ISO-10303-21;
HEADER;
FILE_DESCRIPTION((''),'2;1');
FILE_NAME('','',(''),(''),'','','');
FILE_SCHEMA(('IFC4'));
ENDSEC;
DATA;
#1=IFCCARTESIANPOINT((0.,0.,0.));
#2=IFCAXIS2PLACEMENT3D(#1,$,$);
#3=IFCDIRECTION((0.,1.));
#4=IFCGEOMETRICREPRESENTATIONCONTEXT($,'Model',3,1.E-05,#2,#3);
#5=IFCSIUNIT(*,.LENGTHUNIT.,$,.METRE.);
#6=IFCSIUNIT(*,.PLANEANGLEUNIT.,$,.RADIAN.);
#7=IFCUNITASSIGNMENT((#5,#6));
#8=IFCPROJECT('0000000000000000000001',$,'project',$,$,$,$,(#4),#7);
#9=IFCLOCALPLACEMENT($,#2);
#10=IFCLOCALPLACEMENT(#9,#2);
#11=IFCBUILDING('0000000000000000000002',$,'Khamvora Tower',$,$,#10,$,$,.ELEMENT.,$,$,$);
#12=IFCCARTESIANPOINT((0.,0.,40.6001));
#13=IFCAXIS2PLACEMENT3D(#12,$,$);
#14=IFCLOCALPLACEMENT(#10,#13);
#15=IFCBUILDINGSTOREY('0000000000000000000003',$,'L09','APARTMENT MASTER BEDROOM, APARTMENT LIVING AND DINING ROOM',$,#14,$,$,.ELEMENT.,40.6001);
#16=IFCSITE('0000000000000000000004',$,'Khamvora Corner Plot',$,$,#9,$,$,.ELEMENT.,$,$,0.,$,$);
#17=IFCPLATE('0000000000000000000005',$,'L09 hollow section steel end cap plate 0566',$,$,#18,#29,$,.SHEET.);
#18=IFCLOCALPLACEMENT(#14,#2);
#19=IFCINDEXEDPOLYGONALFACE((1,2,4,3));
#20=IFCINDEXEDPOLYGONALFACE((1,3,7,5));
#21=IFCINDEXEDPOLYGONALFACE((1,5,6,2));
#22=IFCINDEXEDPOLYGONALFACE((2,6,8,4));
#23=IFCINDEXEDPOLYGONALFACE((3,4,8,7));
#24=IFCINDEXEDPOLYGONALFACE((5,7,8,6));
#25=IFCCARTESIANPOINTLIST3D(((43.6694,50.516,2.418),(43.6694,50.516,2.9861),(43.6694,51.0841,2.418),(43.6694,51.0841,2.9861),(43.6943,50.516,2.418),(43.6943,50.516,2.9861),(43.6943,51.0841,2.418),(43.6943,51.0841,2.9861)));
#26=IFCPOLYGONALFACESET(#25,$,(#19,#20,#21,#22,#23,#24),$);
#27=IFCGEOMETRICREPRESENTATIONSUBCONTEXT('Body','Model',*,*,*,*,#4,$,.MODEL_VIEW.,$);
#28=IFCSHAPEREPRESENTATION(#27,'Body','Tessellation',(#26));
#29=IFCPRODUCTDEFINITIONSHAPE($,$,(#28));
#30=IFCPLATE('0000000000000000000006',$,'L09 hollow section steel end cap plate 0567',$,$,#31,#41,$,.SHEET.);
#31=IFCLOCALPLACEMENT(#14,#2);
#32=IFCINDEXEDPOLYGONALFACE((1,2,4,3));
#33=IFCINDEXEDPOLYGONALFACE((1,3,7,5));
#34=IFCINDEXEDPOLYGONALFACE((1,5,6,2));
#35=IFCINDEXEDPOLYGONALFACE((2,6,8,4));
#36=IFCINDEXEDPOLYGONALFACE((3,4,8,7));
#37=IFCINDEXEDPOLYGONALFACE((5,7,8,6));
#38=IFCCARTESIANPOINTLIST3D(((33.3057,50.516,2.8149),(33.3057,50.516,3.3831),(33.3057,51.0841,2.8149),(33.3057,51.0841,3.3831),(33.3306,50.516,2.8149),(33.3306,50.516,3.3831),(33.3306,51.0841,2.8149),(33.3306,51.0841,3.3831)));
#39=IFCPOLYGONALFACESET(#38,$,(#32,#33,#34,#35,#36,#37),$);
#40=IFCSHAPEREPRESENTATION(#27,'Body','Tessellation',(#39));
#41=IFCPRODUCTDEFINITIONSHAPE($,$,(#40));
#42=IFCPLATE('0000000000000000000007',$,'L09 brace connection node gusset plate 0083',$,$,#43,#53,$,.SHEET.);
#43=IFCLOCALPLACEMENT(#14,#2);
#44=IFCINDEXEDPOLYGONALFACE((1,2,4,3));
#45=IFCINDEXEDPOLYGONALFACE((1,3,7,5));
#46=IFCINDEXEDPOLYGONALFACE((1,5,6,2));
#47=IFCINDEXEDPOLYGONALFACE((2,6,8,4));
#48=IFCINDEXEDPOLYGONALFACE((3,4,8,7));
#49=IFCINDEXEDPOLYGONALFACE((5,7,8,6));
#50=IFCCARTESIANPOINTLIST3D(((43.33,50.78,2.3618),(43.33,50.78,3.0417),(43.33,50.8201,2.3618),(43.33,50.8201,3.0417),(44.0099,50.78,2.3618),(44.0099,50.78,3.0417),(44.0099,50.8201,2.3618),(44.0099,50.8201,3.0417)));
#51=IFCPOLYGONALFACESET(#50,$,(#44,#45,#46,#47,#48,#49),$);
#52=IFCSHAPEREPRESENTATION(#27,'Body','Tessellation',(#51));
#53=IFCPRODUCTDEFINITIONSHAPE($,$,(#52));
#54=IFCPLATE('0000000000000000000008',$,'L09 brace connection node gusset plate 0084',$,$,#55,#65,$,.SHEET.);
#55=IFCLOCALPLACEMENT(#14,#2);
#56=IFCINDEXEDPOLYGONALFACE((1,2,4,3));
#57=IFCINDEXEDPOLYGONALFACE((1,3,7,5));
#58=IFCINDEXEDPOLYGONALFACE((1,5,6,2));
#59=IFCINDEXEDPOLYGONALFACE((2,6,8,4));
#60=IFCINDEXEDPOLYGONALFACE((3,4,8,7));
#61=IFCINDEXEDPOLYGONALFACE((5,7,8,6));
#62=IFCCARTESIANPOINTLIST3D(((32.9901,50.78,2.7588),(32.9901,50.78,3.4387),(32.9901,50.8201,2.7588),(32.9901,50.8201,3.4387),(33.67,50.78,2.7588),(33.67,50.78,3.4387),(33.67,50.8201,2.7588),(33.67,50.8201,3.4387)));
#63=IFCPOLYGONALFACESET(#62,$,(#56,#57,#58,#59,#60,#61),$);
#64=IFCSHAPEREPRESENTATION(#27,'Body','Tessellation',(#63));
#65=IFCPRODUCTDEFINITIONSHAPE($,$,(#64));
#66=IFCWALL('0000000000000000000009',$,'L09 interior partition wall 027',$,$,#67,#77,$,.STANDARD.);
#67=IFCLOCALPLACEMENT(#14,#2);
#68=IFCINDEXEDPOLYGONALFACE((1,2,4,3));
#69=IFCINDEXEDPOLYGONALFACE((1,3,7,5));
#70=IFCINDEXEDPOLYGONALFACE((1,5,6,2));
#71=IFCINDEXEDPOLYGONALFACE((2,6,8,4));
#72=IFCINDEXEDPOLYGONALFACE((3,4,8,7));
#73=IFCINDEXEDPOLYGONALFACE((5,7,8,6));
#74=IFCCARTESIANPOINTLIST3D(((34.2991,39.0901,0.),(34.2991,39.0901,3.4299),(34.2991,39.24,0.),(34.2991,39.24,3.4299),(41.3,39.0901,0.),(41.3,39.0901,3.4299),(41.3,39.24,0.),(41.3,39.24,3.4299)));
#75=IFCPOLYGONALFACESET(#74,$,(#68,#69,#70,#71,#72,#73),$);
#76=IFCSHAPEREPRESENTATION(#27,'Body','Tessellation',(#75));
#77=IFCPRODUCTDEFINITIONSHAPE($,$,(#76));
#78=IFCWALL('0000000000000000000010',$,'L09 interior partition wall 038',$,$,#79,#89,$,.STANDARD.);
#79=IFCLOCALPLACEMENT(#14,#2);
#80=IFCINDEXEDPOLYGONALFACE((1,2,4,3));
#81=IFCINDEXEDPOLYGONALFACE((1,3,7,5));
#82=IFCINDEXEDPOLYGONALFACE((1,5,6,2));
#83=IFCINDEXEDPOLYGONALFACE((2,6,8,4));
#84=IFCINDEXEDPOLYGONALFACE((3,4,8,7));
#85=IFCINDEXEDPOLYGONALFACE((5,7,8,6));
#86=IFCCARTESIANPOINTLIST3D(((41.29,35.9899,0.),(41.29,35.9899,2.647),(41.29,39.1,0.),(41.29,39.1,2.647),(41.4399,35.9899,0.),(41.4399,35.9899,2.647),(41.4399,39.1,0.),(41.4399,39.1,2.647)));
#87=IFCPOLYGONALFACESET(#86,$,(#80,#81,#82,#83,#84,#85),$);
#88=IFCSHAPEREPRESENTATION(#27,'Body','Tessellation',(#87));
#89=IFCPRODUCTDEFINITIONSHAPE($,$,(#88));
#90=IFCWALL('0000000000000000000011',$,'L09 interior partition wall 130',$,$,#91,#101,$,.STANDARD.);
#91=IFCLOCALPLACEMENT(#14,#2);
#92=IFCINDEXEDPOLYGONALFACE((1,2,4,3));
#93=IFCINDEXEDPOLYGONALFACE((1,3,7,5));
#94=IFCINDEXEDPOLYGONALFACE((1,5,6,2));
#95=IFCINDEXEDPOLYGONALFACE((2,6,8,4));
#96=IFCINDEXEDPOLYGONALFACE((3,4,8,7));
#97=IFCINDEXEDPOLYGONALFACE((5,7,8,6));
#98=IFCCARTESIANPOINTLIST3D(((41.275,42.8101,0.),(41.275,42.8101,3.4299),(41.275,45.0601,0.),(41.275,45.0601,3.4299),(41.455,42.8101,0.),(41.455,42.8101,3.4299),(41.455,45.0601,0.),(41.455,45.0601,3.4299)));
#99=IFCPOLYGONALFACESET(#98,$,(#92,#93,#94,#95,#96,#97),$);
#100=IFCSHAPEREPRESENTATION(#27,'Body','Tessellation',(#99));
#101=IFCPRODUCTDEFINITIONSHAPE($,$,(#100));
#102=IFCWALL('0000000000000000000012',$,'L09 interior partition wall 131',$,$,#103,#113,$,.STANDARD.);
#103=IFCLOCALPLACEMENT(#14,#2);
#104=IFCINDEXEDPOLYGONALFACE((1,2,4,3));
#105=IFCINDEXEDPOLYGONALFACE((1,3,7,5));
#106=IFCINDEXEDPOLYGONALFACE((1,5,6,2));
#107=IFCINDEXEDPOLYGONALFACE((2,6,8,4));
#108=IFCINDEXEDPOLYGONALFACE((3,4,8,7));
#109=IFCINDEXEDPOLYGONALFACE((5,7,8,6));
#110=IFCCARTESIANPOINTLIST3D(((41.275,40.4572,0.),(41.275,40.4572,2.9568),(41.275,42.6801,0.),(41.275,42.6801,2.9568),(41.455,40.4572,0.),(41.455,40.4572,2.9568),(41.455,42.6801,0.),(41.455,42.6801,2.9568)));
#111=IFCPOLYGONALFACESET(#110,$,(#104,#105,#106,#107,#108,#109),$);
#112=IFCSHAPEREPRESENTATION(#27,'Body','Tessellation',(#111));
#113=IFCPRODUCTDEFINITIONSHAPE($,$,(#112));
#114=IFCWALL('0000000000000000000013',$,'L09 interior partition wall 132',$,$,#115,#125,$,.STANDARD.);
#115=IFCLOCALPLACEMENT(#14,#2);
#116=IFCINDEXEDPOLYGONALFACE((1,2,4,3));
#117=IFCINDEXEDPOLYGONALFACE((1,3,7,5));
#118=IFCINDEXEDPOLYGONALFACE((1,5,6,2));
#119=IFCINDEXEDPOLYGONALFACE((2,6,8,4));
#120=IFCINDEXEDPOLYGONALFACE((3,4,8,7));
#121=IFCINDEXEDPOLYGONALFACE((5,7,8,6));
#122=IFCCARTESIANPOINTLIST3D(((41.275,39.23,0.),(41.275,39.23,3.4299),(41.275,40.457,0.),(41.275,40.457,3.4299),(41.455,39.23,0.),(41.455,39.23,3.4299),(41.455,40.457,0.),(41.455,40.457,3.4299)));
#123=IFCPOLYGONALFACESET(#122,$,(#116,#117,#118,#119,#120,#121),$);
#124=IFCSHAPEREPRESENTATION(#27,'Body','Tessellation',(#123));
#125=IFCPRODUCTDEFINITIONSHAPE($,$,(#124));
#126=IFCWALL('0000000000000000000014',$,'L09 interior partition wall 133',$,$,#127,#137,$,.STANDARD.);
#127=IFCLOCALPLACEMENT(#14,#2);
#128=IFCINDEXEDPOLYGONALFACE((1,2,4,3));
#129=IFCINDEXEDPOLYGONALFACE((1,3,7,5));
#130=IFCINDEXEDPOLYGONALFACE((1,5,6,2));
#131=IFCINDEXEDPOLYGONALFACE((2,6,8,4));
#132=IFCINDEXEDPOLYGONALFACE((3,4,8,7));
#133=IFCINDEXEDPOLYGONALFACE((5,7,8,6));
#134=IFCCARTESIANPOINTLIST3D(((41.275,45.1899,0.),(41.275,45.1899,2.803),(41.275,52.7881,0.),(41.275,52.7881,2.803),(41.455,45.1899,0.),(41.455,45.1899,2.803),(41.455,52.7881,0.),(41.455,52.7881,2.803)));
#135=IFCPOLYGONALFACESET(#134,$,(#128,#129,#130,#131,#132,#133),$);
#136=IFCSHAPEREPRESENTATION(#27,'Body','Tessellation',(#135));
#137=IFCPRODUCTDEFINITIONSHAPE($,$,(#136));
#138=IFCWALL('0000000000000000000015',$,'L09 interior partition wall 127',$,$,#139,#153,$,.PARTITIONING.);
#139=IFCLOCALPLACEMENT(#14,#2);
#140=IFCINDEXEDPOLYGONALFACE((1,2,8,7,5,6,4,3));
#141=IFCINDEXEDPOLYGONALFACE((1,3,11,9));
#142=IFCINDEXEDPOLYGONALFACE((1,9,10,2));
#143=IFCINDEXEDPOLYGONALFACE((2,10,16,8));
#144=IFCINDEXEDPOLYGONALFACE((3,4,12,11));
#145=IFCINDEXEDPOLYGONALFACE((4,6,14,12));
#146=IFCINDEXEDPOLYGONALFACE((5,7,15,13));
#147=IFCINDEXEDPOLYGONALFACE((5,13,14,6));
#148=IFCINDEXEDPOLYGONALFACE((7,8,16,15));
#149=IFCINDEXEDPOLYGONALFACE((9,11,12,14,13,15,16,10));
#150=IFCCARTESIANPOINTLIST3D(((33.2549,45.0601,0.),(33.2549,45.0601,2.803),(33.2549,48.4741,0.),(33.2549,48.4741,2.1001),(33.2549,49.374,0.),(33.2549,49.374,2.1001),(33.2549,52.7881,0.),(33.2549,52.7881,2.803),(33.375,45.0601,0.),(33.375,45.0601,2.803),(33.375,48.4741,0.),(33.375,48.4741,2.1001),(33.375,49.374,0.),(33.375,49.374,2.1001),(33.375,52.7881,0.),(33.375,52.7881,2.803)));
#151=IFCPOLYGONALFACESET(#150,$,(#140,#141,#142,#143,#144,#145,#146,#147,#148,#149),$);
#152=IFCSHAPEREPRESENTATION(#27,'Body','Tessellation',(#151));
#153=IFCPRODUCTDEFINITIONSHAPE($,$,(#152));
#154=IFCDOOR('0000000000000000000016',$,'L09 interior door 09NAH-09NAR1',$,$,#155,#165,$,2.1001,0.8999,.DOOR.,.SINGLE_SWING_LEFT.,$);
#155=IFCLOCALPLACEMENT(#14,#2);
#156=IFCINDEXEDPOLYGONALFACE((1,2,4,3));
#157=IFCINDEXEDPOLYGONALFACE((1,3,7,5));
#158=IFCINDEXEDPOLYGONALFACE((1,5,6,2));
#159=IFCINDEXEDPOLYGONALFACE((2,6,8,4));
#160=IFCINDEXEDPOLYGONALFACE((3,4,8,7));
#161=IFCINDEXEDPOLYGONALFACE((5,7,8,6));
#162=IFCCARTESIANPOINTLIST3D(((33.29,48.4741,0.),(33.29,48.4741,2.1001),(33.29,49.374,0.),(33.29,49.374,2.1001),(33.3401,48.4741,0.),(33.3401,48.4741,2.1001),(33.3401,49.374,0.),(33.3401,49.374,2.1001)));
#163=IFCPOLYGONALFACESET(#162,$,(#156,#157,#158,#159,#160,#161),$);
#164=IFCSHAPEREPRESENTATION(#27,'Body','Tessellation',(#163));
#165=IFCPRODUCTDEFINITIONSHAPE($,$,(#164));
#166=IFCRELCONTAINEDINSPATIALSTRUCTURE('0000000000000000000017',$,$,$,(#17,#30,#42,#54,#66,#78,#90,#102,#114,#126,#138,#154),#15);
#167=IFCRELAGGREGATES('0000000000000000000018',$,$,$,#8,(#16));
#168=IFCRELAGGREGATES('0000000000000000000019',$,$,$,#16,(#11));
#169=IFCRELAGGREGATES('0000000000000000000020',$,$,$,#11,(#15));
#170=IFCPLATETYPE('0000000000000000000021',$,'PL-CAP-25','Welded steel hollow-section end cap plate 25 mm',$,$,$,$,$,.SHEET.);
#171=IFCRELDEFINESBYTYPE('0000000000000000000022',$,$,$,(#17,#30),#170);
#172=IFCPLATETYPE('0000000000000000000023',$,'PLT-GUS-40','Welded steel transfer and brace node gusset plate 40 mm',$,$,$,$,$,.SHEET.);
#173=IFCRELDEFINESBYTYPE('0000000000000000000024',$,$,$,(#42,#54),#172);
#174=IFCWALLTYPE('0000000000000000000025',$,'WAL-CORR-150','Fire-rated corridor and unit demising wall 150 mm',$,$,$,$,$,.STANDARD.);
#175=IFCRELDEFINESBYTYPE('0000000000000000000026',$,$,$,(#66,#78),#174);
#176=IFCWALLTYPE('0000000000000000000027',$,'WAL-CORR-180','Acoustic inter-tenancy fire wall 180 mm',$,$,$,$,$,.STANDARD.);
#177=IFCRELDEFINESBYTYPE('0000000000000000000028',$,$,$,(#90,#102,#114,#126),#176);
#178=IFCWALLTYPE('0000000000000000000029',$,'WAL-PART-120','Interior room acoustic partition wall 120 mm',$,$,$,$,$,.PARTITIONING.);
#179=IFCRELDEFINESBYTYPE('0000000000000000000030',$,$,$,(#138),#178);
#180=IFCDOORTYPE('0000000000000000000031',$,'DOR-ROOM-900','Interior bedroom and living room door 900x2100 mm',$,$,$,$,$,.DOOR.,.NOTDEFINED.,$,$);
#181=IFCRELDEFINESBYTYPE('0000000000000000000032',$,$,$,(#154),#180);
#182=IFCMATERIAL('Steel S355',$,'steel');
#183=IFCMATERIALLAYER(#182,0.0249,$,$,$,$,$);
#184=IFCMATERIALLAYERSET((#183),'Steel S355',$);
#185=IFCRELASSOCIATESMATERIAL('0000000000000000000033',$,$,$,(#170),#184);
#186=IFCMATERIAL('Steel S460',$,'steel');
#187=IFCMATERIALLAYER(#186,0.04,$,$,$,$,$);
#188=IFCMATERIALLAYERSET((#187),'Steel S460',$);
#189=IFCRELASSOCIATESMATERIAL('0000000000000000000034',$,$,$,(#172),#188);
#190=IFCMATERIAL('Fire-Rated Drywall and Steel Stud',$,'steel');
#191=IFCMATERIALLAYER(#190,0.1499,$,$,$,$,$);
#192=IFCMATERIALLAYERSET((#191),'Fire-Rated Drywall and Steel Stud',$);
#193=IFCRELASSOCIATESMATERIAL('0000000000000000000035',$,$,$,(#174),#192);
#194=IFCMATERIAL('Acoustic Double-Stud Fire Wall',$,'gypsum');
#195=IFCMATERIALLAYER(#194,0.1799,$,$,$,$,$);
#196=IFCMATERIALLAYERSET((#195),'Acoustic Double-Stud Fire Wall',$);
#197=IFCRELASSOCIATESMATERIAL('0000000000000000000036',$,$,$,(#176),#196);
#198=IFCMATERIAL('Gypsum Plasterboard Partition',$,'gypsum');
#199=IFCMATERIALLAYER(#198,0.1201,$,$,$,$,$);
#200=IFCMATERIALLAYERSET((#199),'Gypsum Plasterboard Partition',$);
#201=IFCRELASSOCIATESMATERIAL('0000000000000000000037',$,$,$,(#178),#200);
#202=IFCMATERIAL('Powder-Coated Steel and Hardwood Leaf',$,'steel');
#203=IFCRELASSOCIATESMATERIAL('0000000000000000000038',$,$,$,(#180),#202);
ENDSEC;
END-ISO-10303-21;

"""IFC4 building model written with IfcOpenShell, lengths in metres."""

from ifc_helpers import new_model, si_unit, direction, frame, frame_2d, origin, origin_2d, place, context, subcontext, project, spatial, rectangle, extrude, material, layer, layer_set, type_object, element, fill, save


model = new_model("IFC4")

# Units and contexts
model_context = context("Model", 3, precision=1e-05, world=origin(), true_north=direction((0.0, 1.0)))
body_context = subcontext(model_context, "Body", "Model", "MODEL_VIEW")
ifc_project = project(units=[si_unit("LENGTHUNIT", "METRE"), si_unit("PLANEANGLEUNIT", "RADIAN")], contexts=[model_context])

# Site, building, storey
site_placement = place(None, origin())
site = spatial("IfcSite", under=ifc_project, at=site_placement, Name="Khamvora Corner Plot", CompositionType="ELEMENT", RefElevation=0.0)
building_placement = place(site_placement, origin())
building = spatial("IfcBuilding", under=site, at=building_placement, Name="Khamvora Tower", CompositionType="ELEMENT")
storey_placement = place(building_placement, frame((0.0, 0.0, 40.6001)))
storey = spatial("IfcBuildingStorey", under=building, at=storey_placement, Name="L09", Description="APARTMENT MASTER BEDROOM, APARTMENT LIVING AND DINING ROOM", CompositionType="ELEMENT", Elevation=40.6001)

# Shared definitions
ifc_material_1 = material(Name="Steel S460", Category="steel")

# Shared definitions
ifc_material_2 = material(Name="Steel S355", Category="steel")

# Plates
ifc_layer_1 = layer(ifc_material_2, 0.0249)
ifc_layer_set_1 = layer_set([ifc_layer_1], Name="Steel S355")
plate_type_1 = type_object("IfcPlateType", Name="PL-CAP-25", Description="Welded steel hollow-section end cap plate 25 mm", PredefinedType="SHEET", material=ifc_layer_set_1)
for number, where, z_axis, x_axis, name in (
    (1, (43.6819, 50.8, 2.418), (0.0, 0.0, 1.0), (-1.0, 0.0, 0.0), "L09 hollow section steel end cap plate 0566"),
    (2, (33.3181, 50.8, 2.8149), (0.0, 0.0, 1.0), (-1.0, 0.0, 0.0), "L09 hollow section steel end cap plate 0567"),
):
    element("IfcPlate", number, at=place(storey_placement, frame(where, z_axis=z_axis, x_axis=x_axis)), inside=storey, type_object=plate_type_1, Name=name, PredefinedType="SHEET", context=body_context, shape_type="SweptSolid", body=[
        extrude(rectangle(XDim=0.0249, YDim=0.5681, at=origin_2d()), origin(), (0.0, 0.0, 1.0), 0.5681),
    ])
ifc_layer_2 = layer(ifc_material_1, 0.04)
ifc_layer_set_2 = layer_set([ifc_layer_2], Name="Steel S460")
plate_type_2 = type_object("IfcPlateType", Name="PLT-GUS-40", Description="Welded steel transfer and brace node gusset plate 40 mm", PredefinedType="SHEET", material=ifc_layer_set_2)
for number, where, z_axis, x_axis, name in (
    (3, (43.6699, 50.8, 2.3618), (0.0, 0.0, 1.0), (1.0, 0.0, 0.0), "L09 brace connection node gusset plate 0083"),
    (4, (33.3301, 50.8, 2.7588), (0.0, 0.0, 1.0), (1.0, 0.0, 0.0), "L09 brace connection node gusset plate 0084"),
):
    element("IfcPlate", number, at=place(storey_placement, frame(where, z_axis=z_axis, x_axis=x_axis)), inside=storey, type_object=plate_type_2, Name=name, PredefinedType="SHEET", context=body_context, shape_type="SweptSolid", body=[
        extrude(rectangle(XDim=0.6799, YDim=0.04, at=origin_2d()), origin(), (0.0, 0.0, 1.0), 0.6799),
    ])

# Shared definitions
ifc_material_3 = material(Name="Fire-Rated Drywall and Steel Stud", Category="steel")
ifc_layer_3 = layer(ifc_material_3, 0.1499)
ifc_layer_set_3 = layer_set([ifc_layer_3], Name="Fire-Rated Drywall and Steel Stud")
wall_type_1 = type_object("IfcWallType", Name="WAL-CORR-150", Description="Fire-rated corridor and unit demising wall 150 mm", PredefinedType="STANDARD", material=ifc_layer_set_3)
ifc_material_4 = material(Name="Powder-Coated Steel and Hardwood Leaf", Category="steel")

# Walls
wall_1_placement = place(storey_placement, frame((34.2991, 39.165, 0.0), z_axis=(0.0, 0.0, 1.0), x_axis=(1.0, 0.0, 0.0)))
element("IfcWall", 5, at=wall_1_placement, inside=storey, type_object=wall_type_1, Name="L09 interior partition wall 027", PredefinedType="STANDARD", context=body_context, shape_type="SweptSolid", body=[
    extrude(rectangle(XDim=7.001, YDim=0.1499, at=frame_2d((3.5005, 0.0))), origin(), (0.0, 0.0, 1.0), 3.4299),
])
wall_2_placement = place(storey_placement, frame((41.365, 39.1001, 0.0), z_axis=(0.0, 0.0, 1.0), x_axis=(0.0, -1.0, 0.0)))
element("IfcWall", 6, at=wall_2_placement, inside=storey, type_object=wall_type_1, Name="L09 interior partition wall 038", PredefinedType="STANDARD", context=body_context, shape_type="SweptSolid", body=[
    extrude(rectangle(XDim=3.1101, YDim=0.1499, at=frame_2d((1.5552, 0.0))), origin(), (0.0, 0.0, 1.0), 2.647),
])
ifc_material_5 = material(Name="Acoustic Double-Stud Fire Wall", Category="gypsum")
ifc_layer_4 = layer(ifc_material_5, 0.1799)
ifc_layer_set_4 = layer_set([ifc_layer_4], Name="Acoustic Double-Stud Fire Wall")
wall_type_2 = type_object("IfcWallType", Name="WAL-CORR-180", Description="Acoustic inter-tenancy fire wall 180 mm", PredefinedType="STANDARD", material=ifc_layer_set_4)
wall_3_placement = place(storey_placement, frame((41.365, 45.0601, 0.0), z_axis=(0.0, 0.0, 1.0), x_axis=(0.0, -1.0, 0.0)))
element("IfcWall", 7, at=wall_3_placement, inside=storey, type_object=wall_type_2, Name="L09 interior partition wall 130", PredefinedType="STANDARD", context=body_context, shape_type="SweptSolid", body=[
    extrude(rectangle(XDim=2.25, YDim=0.1799, at=frame_2d((1.125, 0.0))), origin(), (0.0, 0.0, 1.0), 3.4299),
])
wall_4_placement = place(storey_placement, frame((41.365, 42.6799, 0.0), z_axis=(0.0, 0.0, 1.0), x_axis=(0.0, -1.0, 0.0)))
element("IfcWall", 8, at=wall_4_placement, inside=storey, type_object=wall_type_2, Name="L09 interior partition wall 131", PredefinedType="STANDARD", context=body_context, shape_type="SweptSolid", body=[
    extrude(rectangle(XDim=2.2229, YDim=0.1799, at=frame_2d((1.1113, 0.0))), origin(), (0.0, 0.0, 1.0), 2.9568),
])
wall_5_placement = place(storey_placement, frame((41.365, 40.457, 0.0), z_axis=(0.0, 0.0, 1.0), x_axis=(0.0, -1.0, 0.0)))
element("IfcWall", 9, at=wall_5_placement, inside=storey, type_object=wall_type_2, Name="L09 interior partition wall 132", PredefinedType="STANDARD", context=body_context, shape_type="SweptSolid", body=[
    extrude(rectangle(XDim=1.2271, YDim=0.1799, at=frame_2d((0.6135, 0.0))), origin(), (0.0, 0.0, 1.0), 3.4299),
])
wall_6_placement = place(storey_placement, frame((41.365, 52.7881, 0.0), z_axis=(0.0, 0.0, 1.0), x_axis=(0.0, -1.0, 0.0)))
element("IfcWall", 10, at=wall_6_placement, inside=storey, type_object=wall_type_2, Name="L09 interior partition wall 133", PredefinedType="STANDARD", context=body_context, shape_type="SweptSolid", body=[
    extrude(rectangle(XDim=7.5981, YDim=0.1799, at=frame_2d((3.7991, 0.0))), origin(), (0.0, 0.0, 1.0), 2.803),
])

# Wall, opening, door
ifc_material_6 = material(Name="Gypsum Plasterboard Partition", Category="gypsum")
ifc_layer_5 = layer(ifc_material_6, 0.1201)
ifc_layer_set_5 = layer_set([ifc_layer_5], Name="Gypsum Plasterboard Partition")
wall_type_3 = type_object("IfcWallType", Name="WAL-PART-120", Description="Interior room acoustic partition wall 120 mm", PredefinedType="PARTITIONING", material=ifc_layer_set_5)
wall_7_placement = place(storey_placement, frame((33.3149, 45.0601, 0.0), z_axis=(0.0, 0.0, 1.0), x_axis=(0.0, 1.0, 0.0)))
wall_7 = element("IfcWall", 11, at=wall_7_placement, inside=storey, type_object=wall_type_3, Name="L09 interior partition wall 127", PredefinedType="PARTITIONING", context=body_context, shape_type="SweptSolid", body=[
    extrude(rectangle(XDim=7.728, YDim=0.1201, at=frame_2d((3.864, 0.0))), origin(), (0.0, 0.0, 1.0), 2.803),
])
opening_1_placement = place(wall_7_placement, frame((3.4141, 0.0, 0.0)))
opening_1 = element("IfcOpeningElement", 12, at=opening_1_placement, cuts=wall_7, PredefinedType="OPENING", context=body_context, shape_type="SweptSolid", body=[
    extrude(rectangle(XDim=0.8999, YDim=2.1001, at=frame_2d((0.45, 1.05))), frame((0.0, 0.0701, 0.0), z_axis=(0.0, -1.0, 0.0), x_axis=(1.0, 0.0, 0.0)), (0.0, 0.0, 1.0), 0.1401),
])
door_type_1 = type_object("IfcDoorType", Name="DOR-ROOM-900", Description="Interior bedroom and living room door 900x2100 mm", OperationType="NOTDEFINED", PredefinedType="DOOR", material=ifc_material_4)
door_1_placement = place(opening_1_placement, origin())
door_1 = element("IfcDoor", 13, at=door_1_placement, inside=storey, type_object=door_type_1, Name="L09 interior door 09NAH-09NAR1", OperationType="SINGLE_SWING_LEFT", OverallHeight=2.1001, OverallWidth=0.8999, PredefinedType="DOOR", context=body_context, shape_type="SweptSolid", body=[
    extrude(rectangle(XDim=0.8999, YDim=2.1001, at=frame_2d((0.45, 1.05))), frame((0.0, 0.0249, 0.0), z_axis=(0.0, -1.0, 0.0), x_axis=(1.0, 0.0, 0.0)), (0.0, 0.0, 1.0), 0.05),
])
fill(opening_1, door_1)

save(model, "model.ifc")
